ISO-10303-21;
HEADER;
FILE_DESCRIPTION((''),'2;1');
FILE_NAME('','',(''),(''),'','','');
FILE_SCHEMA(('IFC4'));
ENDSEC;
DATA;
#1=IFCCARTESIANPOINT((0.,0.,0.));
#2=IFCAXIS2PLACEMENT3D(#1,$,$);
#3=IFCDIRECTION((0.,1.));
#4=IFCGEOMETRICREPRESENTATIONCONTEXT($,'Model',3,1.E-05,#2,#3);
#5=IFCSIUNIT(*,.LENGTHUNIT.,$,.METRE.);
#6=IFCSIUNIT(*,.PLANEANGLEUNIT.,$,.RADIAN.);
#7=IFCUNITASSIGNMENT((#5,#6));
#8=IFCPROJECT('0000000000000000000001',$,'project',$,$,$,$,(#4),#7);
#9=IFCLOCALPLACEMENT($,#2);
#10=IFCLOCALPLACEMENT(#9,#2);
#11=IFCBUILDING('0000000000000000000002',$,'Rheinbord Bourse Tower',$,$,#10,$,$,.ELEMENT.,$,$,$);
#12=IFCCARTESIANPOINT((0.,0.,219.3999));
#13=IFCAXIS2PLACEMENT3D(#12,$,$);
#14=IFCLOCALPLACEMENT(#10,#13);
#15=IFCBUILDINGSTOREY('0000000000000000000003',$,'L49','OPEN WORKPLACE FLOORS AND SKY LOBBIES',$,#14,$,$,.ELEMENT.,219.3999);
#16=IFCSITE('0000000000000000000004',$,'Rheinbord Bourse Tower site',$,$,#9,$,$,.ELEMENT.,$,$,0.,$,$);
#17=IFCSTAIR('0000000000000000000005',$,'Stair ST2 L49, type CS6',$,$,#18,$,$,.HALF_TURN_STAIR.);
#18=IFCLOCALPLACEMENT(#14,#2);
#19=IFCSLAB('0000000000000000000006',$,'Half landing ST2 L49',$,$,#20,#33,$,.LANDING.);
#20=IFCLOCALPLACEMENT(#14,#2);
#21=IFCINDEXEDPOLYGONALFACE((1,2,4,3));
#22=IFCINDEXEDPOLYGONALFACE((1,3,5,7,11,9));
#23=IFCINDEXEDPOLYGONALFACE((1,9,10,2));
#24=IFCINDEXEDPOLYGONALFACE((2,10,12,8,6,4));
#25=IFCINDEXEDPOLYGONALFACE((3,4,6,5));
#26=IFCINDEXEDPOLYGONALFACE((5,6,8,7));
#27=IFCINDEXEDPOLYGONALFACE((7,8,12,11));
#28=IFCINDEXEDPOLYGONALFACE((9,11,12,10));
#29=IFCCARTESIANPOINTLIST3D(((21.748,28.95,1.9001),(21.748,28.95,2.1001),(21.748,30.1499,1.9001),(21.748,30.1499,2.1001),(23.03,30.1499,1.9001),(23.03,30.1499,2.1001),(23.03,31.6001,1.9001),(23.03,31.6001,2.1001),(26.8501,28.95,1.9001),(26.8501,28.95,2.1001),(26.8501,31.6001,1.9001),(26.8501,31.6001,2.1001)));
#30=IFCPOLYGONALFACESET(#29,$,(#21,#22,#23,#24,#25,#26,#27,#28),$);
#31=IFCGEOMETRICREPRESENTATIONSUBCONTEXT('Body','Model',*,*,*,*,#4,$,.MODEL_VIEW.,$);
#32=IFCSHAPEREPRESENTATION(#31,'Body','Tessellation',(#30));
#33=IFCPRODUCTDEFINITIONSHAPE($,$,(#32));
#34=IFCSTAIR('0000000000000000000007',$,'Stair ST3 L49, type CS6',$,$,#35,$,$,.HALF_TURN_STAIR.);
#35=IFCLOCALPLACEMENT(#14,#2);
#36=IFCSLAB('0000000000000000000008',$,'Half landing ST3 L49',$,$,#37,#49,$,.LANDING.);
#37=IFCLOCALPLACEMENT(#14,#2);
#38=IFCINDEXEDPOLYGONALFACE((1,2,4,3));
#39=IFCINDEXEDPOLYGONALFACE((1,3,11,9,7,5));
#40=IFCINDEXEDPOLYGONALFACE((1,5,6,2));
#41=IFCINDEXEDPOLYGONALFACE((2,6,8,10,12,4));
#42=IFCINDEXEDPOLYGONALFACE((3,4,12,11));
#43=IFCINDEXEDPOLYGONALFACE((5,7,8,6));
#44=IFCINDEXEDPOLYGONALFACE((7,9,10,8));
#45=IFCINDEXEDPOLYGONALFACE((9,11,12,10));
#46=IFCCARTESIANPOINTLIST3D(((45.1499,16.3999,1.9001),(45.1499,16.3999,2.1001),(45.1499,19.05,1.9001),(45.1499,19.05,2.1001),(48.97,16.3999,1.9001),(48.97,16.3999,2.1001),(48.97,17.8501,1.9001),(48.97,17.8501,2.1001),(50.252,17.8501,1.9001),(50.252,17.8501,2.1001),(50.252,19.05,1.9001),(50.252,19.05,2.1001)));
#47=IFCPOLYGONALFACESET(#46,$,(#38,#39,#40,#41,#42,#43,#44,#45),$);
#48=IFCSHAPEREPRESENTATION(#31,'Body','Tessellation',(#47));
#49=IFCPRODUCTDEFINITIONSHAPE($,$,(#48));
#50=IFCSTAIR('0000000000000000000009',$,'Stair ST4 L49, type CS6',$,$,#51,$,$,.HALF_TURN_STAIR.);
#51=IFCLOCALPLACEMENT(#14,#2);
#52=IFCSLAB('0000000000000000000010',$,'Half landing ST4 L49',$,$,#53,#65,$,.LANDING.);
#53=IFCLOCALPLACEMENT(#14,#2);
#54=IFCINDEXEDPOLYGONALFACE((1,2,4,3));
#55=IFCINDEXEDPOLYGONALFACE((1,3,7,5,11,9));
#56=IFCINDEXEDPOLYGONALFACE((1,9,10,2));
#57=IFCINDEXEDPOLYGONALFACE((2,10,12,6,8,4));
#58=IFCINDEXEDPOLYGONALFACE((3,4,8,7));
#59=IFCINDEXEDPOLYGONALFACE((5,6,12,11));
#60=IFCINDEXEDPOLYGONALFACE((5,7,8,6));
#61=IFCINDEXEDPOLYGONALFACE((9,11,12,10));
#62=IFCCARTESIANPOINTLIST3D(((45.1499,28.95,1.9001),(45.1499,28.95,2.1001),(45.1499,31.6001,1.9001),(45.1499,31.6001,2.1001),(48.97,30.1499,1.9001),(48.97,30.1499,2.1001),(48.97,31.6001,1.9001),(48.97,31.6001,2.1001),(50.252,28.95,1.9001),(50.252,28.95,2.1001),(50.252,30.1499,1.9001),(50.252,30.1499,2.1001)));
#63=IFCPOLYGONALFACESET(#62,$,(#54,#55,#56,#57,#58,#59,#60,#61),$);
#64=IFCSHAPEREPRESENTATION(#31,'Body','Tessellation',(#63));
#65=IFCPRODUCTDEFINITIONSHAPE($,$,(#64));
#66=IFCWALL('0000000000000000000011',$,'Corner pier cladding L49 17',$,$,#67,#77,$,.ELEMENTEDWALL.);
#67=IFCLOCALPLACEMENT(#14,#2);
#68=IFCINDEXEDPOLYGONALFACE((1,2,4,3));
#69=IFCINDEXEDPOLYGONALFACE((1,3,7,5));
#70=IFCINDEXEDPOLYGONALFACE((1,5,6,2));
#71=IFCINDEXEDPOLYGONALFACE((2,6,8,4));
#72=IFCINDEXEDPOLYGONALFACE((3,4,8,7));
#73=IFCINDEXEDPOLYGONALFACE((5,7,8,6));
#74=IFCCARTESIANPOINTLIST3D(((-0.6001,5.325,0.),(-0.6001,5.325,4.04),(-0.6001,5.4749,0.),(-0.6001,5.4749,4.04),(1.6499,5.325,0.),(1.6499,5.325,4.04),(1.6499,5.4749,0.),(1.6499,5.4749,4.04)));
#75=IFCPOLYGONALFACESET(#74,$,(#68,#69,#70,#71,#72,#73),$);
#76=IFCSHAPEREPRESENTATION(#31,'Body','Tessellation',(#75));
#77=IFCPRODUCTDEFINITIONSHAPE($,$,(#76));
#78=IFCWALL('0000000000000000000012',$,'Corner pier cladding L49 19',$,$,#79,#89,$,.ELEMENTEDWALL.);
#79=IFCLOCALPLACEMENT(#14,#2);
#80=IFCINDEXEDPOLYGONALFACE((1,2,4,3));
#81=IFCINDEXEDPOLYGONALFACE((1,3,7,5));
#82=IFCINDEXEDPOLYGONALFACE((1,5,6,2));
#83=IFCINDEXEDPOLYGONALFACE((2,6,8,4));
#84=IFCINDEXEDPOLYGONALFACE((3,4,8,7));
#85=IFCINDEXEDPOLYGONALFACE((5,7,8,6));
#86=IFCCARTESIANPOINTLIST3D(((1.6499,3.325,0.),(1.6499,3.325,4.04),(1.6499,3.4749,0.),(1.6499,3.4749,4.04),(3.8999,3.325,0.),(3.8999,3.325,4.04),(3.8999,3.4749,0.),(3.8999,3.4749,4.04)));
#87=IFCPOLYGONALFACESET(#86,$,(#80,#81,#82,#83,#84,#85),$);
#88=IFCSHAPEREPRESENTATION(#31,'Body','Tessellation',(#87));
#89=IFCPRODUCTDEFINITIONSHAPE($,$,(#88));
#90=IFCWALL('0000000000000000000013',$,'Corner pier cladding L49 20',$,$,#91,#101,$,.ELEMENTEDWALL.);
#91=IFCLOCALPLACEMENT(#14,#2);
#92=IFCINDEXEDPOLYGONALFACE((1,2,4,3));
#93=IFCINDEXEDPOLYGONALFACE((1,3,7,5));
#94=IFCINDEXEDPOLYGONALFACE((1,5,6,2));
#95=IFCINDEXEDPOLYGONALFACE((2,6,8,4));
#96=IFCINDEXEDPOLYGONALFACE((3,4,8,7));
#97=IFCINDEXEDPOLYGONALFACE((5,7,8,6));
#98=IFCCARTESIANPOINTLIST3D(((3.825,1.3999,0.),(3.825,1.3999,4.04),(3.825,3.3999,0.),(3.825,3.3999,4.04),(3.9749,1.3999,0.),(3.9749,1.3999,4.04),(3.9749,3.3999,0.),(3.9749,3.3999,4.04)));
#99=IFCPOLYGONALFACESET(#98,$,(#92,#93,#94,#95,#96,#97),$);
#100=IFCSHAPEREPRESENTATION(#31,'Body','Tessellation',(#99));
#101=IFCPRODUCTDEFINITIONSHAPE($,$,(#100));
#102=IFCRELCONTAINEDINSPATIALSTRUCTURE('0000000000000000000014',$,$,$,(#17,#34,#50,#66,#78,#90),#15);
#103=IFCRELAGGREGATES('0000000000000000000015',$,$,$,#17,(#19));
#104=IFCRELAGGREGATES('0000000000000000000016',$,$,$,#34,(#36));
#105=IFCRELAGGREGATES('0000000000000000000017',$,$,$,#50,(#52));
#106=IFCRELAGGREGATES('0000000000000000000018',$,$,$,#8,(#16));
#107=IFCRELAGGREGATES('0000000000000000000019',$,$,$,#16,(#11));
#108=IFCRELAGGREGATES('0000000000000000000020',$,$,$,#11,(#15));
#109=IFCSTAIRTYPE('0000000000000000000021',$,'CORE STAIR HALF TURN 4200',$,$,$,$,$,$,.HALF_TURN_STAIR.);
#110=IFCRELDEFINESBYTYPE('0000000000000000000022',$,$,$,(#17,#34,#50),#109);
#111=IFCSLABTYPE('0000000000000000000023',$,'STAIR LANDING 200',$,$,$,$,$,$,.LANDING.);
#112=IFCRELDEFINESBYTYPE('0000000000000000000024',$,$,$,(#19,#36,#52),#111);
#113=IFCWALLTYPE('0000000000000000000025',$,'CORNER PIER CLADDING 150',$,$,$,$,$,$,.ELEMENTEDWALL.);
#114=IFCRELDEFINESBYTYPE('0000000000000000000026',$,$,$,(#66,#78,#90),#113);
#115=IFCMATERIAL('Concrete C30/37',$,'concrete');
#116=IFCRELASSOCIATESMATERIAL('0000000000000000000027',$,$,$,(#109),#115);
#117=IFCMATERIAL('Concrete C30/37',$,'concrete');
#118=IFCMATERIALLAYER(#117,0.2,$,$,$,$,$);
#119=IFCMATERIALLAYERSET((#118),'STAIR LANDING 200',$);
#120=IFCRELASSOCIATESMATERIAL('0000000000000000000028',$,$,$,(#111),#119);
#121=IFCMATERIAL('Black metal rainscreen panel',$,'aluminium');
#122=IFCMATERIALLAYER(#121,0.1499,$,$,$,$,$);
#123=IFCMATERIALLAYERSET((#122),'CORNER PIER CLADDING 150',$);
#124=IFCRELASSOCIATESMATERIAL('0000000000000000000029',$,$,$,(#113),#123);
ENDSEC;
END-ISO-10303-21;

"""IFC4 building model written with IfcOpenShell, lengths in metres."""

from ifc_helpers import new_model, si_unit, direction, frame, frame_2d, origin, place, context, subcontext, project, spatial, polyline, rectangle, outline, extrude, material, layer, layer_set, type_object, element, aggregate, save


model = new_model("IFC4")

# Units and contexts
model_context = context("Model", 3, precision=1e-05, world=origin(), true_north=direction((0.0, 1.0)))
body_context = subcontext(model_context, "Body", "Model", "MODEL_VIEW")
ifc_project = project(units=[si_unit("LENGTHUNIT", "METRE"), si_unit("PLANEANGLEUNIT", "RADIAN")], contexts=[model_context])

# Site, building, storey
site_placement = place(None, origin())
site = spatial("IfcSite", under=ifc_project, at=site_placement, Name="Rheinbord Bourse Tower site", CompositionType="ELEMENT", RefElevation=0.0)
building_placement = place(site_placement, origin())
building = spatial("IfcBuilding", under=site, at=building_placement, Name="Rheinbord Bourse Tower", CompositionType="ELEMENT")
storey_placement = place(building_placement, frame((0.0, 0.0, 219.3999)))
storey = spatial("IfcBuildingStorey", under=building, at=storey_placement, Name="L49", Description="OPEN WORKPLACE FLOORS AND SKY LOBBIES", CompositionType="ELEMENT", Elevation=219.3999)

# Stairs, slabs
ifc_material_1 = material(Name="Concrete C30/37", Category="concrete")
stair_type = type_object("IfcStairType", Name="CORE STAIR HALF TURN 4200", PredefinedType="HALF_TURN_STAIR", material=ifc_material_1)
ifc_material_2 = material(Name="Concrete C30/37", Category="concrete")
ifc_layer_1 = layer(ifc_material_2, 0.2)
ifc_layer_set_1 = layer_set([ifc_layer_1], Name="STAIR LANDING 200")
slab_type_1 = type_object("IfcSlabType", Name="STAIR LANDING 200", PredefinedType="LANDING", material=ifc_layer_set_1)
stair_1_placement = place(storey_placement, origin())
stair_1 = element("IfcStair", 1, at=stair_1_placement, inside=storey, type_object=stair_type, Name="Stair ST2 L49, type CS6", PredefinedType="HALF_TURN_STAIR")
slab_1_placement = place(storey_placement, frame((0.0, 0.0, 1.9001)))
slab_1 = element("IfcSlab", 2, at=slab_1_placement, type_object=slab_type_1, Name="Half landing ST2 L49", PredefinedType="LANDING", context=body_context, shape_type="SweptSolid", body=[
    extrude(outline(polyline([(21.748, 28.95), (26.8501, 28.95), (26.8501, 31.6001), (23.03, 31.6001), (23.03, 30.1499), (21.748, 30.1499), (21.748, 28.95)])), origin(), (0.0, 0.0, 1.0), 0.2),
])
aggregate(stair_1, [slab_1])
stair_2_placement = place(storey_placement, origin())
stair_2 = element("IfcStair", 3, at=stair_2_placement, inside=storey, type_object=stair_type, Name="Stair ST3 L49, type CS6", PredefinedType="HALF_TURN_STAIR")
slab_2_placement = place(storey_placement, frame((0.0, 0.0, 1.9001)))
slab_2 = element("IfcSlab", 4, at=slab_2_placement, type_object=slab_type_1, Name="Half landing ST3 L49", PredefinedType="LANDING", context=body_context, shape_type="SweptSolid", body=[
    extrude(outline(polyline([(45.1499, 16.3999), (48.97, 16.3999), (48.97, 17.8501), (50.252, 17.8501), (50.252, 19.05), (45.1499, 19.05), (45.1499, 16.3999)])), origin(), (0.0, 0.0, 1.0), 0.2),
])
aggregate(stair_2, [slab_2])
stair_3_placement = place(storey_placement, origin())
stair_3 = element("IfcStair", 5, at=stair_3_placement, inside=storey, type_object=stair_type, Name="Stair ST4 L49, type CS6", PredefinedType="HALF_TURN_STAIR")
slab_3_placement = place(storey_placement, frame((0.0, 0.0, 1.9001)))
slab_3 = element("IfcSlab", 6, at=slab_3_placement, type_object=slab_type_1, Name="Half landing ST4 L49", PredefinedType="LANDING", context=body_context, shape_type="SweptSolid", body=[
    extrude(outline(polyline([(45.1499, 28.95), (50.252, 28.95), (50.252, 30.1499), (48.97, 30.1499), (48.97, 31.6001), (45.1499, 31.6001), (45.1499, 28.95)])), origin(), (0.0, 0.0, 1.0), 0.2),
])
aggregate(stair_3, [slab_3])

# Walls
ifc_material_3 = material(Name="Black metal rainscreen panel", Category="aluminium")
ifc_layer_2 = layer(ifc_material_3, 0.1499)
ifc_layer_set_2 = layer_set([ifc_layer_2], Name="CORNER PIER CLADDING 150")
wall_type = type_object("IfcWallType", Name="CORNER PIER CLADDING 150", PredefinedType="ELEMENTEDWALL", material=ifc_layer_set_2)
for number, where, z_axis, x_axis, name in (
    (7, (-0.6001, 5.3999, 0.0), (0.0, 0.0, 1.0), (1.0, 0.0, 0.0), "Corner pier cladding L49 17"),
    (8, (1.6499, 3.3999, 0.0), (0.0, 0.0, 1.0), (1.0, 0.0, 0.0), "Corner pier cladding L49 19"),
):
    element("IfcWall", number, at=place(storey_placement, frame(where, z_axis=z_axis, x_axis=x_axis)), inside=storey, type_object=wall_type, Name=name, PredefinedType="ELEMENTEDWALL", context=body_context, shape_type="SweptSolid", body=[
        extrude(rectangle(XDim=2.25, YDim=0.1499, at=frame_2d((1.125, 0.0))), origin(), (0.0, 0.0, 1.0), 4.04),
    ])
wall_placement = place(storey_placement, frame((3.8999, 3.3999, 0.0), z_axis=(0.0, 0.0, 1.0), x_axis=(0.0, -1.0, 0.0)))
element("IfcWall", 9, at=wall_placement, inside=storey, type_object=wall_type, Name="Corner pier cladding L49 20", PredefinedType="ELEMENTEDWALL", context=body_context, shape_type="SweptSolid", body=[
    extrude(rectangle(XDim=2.0, YDim=0.1499, at=frame_2d((1.0, 0.0))), origin(), (0.0, 0.0, 1.0), 4.04),
])

save(model, "model.ifc")
